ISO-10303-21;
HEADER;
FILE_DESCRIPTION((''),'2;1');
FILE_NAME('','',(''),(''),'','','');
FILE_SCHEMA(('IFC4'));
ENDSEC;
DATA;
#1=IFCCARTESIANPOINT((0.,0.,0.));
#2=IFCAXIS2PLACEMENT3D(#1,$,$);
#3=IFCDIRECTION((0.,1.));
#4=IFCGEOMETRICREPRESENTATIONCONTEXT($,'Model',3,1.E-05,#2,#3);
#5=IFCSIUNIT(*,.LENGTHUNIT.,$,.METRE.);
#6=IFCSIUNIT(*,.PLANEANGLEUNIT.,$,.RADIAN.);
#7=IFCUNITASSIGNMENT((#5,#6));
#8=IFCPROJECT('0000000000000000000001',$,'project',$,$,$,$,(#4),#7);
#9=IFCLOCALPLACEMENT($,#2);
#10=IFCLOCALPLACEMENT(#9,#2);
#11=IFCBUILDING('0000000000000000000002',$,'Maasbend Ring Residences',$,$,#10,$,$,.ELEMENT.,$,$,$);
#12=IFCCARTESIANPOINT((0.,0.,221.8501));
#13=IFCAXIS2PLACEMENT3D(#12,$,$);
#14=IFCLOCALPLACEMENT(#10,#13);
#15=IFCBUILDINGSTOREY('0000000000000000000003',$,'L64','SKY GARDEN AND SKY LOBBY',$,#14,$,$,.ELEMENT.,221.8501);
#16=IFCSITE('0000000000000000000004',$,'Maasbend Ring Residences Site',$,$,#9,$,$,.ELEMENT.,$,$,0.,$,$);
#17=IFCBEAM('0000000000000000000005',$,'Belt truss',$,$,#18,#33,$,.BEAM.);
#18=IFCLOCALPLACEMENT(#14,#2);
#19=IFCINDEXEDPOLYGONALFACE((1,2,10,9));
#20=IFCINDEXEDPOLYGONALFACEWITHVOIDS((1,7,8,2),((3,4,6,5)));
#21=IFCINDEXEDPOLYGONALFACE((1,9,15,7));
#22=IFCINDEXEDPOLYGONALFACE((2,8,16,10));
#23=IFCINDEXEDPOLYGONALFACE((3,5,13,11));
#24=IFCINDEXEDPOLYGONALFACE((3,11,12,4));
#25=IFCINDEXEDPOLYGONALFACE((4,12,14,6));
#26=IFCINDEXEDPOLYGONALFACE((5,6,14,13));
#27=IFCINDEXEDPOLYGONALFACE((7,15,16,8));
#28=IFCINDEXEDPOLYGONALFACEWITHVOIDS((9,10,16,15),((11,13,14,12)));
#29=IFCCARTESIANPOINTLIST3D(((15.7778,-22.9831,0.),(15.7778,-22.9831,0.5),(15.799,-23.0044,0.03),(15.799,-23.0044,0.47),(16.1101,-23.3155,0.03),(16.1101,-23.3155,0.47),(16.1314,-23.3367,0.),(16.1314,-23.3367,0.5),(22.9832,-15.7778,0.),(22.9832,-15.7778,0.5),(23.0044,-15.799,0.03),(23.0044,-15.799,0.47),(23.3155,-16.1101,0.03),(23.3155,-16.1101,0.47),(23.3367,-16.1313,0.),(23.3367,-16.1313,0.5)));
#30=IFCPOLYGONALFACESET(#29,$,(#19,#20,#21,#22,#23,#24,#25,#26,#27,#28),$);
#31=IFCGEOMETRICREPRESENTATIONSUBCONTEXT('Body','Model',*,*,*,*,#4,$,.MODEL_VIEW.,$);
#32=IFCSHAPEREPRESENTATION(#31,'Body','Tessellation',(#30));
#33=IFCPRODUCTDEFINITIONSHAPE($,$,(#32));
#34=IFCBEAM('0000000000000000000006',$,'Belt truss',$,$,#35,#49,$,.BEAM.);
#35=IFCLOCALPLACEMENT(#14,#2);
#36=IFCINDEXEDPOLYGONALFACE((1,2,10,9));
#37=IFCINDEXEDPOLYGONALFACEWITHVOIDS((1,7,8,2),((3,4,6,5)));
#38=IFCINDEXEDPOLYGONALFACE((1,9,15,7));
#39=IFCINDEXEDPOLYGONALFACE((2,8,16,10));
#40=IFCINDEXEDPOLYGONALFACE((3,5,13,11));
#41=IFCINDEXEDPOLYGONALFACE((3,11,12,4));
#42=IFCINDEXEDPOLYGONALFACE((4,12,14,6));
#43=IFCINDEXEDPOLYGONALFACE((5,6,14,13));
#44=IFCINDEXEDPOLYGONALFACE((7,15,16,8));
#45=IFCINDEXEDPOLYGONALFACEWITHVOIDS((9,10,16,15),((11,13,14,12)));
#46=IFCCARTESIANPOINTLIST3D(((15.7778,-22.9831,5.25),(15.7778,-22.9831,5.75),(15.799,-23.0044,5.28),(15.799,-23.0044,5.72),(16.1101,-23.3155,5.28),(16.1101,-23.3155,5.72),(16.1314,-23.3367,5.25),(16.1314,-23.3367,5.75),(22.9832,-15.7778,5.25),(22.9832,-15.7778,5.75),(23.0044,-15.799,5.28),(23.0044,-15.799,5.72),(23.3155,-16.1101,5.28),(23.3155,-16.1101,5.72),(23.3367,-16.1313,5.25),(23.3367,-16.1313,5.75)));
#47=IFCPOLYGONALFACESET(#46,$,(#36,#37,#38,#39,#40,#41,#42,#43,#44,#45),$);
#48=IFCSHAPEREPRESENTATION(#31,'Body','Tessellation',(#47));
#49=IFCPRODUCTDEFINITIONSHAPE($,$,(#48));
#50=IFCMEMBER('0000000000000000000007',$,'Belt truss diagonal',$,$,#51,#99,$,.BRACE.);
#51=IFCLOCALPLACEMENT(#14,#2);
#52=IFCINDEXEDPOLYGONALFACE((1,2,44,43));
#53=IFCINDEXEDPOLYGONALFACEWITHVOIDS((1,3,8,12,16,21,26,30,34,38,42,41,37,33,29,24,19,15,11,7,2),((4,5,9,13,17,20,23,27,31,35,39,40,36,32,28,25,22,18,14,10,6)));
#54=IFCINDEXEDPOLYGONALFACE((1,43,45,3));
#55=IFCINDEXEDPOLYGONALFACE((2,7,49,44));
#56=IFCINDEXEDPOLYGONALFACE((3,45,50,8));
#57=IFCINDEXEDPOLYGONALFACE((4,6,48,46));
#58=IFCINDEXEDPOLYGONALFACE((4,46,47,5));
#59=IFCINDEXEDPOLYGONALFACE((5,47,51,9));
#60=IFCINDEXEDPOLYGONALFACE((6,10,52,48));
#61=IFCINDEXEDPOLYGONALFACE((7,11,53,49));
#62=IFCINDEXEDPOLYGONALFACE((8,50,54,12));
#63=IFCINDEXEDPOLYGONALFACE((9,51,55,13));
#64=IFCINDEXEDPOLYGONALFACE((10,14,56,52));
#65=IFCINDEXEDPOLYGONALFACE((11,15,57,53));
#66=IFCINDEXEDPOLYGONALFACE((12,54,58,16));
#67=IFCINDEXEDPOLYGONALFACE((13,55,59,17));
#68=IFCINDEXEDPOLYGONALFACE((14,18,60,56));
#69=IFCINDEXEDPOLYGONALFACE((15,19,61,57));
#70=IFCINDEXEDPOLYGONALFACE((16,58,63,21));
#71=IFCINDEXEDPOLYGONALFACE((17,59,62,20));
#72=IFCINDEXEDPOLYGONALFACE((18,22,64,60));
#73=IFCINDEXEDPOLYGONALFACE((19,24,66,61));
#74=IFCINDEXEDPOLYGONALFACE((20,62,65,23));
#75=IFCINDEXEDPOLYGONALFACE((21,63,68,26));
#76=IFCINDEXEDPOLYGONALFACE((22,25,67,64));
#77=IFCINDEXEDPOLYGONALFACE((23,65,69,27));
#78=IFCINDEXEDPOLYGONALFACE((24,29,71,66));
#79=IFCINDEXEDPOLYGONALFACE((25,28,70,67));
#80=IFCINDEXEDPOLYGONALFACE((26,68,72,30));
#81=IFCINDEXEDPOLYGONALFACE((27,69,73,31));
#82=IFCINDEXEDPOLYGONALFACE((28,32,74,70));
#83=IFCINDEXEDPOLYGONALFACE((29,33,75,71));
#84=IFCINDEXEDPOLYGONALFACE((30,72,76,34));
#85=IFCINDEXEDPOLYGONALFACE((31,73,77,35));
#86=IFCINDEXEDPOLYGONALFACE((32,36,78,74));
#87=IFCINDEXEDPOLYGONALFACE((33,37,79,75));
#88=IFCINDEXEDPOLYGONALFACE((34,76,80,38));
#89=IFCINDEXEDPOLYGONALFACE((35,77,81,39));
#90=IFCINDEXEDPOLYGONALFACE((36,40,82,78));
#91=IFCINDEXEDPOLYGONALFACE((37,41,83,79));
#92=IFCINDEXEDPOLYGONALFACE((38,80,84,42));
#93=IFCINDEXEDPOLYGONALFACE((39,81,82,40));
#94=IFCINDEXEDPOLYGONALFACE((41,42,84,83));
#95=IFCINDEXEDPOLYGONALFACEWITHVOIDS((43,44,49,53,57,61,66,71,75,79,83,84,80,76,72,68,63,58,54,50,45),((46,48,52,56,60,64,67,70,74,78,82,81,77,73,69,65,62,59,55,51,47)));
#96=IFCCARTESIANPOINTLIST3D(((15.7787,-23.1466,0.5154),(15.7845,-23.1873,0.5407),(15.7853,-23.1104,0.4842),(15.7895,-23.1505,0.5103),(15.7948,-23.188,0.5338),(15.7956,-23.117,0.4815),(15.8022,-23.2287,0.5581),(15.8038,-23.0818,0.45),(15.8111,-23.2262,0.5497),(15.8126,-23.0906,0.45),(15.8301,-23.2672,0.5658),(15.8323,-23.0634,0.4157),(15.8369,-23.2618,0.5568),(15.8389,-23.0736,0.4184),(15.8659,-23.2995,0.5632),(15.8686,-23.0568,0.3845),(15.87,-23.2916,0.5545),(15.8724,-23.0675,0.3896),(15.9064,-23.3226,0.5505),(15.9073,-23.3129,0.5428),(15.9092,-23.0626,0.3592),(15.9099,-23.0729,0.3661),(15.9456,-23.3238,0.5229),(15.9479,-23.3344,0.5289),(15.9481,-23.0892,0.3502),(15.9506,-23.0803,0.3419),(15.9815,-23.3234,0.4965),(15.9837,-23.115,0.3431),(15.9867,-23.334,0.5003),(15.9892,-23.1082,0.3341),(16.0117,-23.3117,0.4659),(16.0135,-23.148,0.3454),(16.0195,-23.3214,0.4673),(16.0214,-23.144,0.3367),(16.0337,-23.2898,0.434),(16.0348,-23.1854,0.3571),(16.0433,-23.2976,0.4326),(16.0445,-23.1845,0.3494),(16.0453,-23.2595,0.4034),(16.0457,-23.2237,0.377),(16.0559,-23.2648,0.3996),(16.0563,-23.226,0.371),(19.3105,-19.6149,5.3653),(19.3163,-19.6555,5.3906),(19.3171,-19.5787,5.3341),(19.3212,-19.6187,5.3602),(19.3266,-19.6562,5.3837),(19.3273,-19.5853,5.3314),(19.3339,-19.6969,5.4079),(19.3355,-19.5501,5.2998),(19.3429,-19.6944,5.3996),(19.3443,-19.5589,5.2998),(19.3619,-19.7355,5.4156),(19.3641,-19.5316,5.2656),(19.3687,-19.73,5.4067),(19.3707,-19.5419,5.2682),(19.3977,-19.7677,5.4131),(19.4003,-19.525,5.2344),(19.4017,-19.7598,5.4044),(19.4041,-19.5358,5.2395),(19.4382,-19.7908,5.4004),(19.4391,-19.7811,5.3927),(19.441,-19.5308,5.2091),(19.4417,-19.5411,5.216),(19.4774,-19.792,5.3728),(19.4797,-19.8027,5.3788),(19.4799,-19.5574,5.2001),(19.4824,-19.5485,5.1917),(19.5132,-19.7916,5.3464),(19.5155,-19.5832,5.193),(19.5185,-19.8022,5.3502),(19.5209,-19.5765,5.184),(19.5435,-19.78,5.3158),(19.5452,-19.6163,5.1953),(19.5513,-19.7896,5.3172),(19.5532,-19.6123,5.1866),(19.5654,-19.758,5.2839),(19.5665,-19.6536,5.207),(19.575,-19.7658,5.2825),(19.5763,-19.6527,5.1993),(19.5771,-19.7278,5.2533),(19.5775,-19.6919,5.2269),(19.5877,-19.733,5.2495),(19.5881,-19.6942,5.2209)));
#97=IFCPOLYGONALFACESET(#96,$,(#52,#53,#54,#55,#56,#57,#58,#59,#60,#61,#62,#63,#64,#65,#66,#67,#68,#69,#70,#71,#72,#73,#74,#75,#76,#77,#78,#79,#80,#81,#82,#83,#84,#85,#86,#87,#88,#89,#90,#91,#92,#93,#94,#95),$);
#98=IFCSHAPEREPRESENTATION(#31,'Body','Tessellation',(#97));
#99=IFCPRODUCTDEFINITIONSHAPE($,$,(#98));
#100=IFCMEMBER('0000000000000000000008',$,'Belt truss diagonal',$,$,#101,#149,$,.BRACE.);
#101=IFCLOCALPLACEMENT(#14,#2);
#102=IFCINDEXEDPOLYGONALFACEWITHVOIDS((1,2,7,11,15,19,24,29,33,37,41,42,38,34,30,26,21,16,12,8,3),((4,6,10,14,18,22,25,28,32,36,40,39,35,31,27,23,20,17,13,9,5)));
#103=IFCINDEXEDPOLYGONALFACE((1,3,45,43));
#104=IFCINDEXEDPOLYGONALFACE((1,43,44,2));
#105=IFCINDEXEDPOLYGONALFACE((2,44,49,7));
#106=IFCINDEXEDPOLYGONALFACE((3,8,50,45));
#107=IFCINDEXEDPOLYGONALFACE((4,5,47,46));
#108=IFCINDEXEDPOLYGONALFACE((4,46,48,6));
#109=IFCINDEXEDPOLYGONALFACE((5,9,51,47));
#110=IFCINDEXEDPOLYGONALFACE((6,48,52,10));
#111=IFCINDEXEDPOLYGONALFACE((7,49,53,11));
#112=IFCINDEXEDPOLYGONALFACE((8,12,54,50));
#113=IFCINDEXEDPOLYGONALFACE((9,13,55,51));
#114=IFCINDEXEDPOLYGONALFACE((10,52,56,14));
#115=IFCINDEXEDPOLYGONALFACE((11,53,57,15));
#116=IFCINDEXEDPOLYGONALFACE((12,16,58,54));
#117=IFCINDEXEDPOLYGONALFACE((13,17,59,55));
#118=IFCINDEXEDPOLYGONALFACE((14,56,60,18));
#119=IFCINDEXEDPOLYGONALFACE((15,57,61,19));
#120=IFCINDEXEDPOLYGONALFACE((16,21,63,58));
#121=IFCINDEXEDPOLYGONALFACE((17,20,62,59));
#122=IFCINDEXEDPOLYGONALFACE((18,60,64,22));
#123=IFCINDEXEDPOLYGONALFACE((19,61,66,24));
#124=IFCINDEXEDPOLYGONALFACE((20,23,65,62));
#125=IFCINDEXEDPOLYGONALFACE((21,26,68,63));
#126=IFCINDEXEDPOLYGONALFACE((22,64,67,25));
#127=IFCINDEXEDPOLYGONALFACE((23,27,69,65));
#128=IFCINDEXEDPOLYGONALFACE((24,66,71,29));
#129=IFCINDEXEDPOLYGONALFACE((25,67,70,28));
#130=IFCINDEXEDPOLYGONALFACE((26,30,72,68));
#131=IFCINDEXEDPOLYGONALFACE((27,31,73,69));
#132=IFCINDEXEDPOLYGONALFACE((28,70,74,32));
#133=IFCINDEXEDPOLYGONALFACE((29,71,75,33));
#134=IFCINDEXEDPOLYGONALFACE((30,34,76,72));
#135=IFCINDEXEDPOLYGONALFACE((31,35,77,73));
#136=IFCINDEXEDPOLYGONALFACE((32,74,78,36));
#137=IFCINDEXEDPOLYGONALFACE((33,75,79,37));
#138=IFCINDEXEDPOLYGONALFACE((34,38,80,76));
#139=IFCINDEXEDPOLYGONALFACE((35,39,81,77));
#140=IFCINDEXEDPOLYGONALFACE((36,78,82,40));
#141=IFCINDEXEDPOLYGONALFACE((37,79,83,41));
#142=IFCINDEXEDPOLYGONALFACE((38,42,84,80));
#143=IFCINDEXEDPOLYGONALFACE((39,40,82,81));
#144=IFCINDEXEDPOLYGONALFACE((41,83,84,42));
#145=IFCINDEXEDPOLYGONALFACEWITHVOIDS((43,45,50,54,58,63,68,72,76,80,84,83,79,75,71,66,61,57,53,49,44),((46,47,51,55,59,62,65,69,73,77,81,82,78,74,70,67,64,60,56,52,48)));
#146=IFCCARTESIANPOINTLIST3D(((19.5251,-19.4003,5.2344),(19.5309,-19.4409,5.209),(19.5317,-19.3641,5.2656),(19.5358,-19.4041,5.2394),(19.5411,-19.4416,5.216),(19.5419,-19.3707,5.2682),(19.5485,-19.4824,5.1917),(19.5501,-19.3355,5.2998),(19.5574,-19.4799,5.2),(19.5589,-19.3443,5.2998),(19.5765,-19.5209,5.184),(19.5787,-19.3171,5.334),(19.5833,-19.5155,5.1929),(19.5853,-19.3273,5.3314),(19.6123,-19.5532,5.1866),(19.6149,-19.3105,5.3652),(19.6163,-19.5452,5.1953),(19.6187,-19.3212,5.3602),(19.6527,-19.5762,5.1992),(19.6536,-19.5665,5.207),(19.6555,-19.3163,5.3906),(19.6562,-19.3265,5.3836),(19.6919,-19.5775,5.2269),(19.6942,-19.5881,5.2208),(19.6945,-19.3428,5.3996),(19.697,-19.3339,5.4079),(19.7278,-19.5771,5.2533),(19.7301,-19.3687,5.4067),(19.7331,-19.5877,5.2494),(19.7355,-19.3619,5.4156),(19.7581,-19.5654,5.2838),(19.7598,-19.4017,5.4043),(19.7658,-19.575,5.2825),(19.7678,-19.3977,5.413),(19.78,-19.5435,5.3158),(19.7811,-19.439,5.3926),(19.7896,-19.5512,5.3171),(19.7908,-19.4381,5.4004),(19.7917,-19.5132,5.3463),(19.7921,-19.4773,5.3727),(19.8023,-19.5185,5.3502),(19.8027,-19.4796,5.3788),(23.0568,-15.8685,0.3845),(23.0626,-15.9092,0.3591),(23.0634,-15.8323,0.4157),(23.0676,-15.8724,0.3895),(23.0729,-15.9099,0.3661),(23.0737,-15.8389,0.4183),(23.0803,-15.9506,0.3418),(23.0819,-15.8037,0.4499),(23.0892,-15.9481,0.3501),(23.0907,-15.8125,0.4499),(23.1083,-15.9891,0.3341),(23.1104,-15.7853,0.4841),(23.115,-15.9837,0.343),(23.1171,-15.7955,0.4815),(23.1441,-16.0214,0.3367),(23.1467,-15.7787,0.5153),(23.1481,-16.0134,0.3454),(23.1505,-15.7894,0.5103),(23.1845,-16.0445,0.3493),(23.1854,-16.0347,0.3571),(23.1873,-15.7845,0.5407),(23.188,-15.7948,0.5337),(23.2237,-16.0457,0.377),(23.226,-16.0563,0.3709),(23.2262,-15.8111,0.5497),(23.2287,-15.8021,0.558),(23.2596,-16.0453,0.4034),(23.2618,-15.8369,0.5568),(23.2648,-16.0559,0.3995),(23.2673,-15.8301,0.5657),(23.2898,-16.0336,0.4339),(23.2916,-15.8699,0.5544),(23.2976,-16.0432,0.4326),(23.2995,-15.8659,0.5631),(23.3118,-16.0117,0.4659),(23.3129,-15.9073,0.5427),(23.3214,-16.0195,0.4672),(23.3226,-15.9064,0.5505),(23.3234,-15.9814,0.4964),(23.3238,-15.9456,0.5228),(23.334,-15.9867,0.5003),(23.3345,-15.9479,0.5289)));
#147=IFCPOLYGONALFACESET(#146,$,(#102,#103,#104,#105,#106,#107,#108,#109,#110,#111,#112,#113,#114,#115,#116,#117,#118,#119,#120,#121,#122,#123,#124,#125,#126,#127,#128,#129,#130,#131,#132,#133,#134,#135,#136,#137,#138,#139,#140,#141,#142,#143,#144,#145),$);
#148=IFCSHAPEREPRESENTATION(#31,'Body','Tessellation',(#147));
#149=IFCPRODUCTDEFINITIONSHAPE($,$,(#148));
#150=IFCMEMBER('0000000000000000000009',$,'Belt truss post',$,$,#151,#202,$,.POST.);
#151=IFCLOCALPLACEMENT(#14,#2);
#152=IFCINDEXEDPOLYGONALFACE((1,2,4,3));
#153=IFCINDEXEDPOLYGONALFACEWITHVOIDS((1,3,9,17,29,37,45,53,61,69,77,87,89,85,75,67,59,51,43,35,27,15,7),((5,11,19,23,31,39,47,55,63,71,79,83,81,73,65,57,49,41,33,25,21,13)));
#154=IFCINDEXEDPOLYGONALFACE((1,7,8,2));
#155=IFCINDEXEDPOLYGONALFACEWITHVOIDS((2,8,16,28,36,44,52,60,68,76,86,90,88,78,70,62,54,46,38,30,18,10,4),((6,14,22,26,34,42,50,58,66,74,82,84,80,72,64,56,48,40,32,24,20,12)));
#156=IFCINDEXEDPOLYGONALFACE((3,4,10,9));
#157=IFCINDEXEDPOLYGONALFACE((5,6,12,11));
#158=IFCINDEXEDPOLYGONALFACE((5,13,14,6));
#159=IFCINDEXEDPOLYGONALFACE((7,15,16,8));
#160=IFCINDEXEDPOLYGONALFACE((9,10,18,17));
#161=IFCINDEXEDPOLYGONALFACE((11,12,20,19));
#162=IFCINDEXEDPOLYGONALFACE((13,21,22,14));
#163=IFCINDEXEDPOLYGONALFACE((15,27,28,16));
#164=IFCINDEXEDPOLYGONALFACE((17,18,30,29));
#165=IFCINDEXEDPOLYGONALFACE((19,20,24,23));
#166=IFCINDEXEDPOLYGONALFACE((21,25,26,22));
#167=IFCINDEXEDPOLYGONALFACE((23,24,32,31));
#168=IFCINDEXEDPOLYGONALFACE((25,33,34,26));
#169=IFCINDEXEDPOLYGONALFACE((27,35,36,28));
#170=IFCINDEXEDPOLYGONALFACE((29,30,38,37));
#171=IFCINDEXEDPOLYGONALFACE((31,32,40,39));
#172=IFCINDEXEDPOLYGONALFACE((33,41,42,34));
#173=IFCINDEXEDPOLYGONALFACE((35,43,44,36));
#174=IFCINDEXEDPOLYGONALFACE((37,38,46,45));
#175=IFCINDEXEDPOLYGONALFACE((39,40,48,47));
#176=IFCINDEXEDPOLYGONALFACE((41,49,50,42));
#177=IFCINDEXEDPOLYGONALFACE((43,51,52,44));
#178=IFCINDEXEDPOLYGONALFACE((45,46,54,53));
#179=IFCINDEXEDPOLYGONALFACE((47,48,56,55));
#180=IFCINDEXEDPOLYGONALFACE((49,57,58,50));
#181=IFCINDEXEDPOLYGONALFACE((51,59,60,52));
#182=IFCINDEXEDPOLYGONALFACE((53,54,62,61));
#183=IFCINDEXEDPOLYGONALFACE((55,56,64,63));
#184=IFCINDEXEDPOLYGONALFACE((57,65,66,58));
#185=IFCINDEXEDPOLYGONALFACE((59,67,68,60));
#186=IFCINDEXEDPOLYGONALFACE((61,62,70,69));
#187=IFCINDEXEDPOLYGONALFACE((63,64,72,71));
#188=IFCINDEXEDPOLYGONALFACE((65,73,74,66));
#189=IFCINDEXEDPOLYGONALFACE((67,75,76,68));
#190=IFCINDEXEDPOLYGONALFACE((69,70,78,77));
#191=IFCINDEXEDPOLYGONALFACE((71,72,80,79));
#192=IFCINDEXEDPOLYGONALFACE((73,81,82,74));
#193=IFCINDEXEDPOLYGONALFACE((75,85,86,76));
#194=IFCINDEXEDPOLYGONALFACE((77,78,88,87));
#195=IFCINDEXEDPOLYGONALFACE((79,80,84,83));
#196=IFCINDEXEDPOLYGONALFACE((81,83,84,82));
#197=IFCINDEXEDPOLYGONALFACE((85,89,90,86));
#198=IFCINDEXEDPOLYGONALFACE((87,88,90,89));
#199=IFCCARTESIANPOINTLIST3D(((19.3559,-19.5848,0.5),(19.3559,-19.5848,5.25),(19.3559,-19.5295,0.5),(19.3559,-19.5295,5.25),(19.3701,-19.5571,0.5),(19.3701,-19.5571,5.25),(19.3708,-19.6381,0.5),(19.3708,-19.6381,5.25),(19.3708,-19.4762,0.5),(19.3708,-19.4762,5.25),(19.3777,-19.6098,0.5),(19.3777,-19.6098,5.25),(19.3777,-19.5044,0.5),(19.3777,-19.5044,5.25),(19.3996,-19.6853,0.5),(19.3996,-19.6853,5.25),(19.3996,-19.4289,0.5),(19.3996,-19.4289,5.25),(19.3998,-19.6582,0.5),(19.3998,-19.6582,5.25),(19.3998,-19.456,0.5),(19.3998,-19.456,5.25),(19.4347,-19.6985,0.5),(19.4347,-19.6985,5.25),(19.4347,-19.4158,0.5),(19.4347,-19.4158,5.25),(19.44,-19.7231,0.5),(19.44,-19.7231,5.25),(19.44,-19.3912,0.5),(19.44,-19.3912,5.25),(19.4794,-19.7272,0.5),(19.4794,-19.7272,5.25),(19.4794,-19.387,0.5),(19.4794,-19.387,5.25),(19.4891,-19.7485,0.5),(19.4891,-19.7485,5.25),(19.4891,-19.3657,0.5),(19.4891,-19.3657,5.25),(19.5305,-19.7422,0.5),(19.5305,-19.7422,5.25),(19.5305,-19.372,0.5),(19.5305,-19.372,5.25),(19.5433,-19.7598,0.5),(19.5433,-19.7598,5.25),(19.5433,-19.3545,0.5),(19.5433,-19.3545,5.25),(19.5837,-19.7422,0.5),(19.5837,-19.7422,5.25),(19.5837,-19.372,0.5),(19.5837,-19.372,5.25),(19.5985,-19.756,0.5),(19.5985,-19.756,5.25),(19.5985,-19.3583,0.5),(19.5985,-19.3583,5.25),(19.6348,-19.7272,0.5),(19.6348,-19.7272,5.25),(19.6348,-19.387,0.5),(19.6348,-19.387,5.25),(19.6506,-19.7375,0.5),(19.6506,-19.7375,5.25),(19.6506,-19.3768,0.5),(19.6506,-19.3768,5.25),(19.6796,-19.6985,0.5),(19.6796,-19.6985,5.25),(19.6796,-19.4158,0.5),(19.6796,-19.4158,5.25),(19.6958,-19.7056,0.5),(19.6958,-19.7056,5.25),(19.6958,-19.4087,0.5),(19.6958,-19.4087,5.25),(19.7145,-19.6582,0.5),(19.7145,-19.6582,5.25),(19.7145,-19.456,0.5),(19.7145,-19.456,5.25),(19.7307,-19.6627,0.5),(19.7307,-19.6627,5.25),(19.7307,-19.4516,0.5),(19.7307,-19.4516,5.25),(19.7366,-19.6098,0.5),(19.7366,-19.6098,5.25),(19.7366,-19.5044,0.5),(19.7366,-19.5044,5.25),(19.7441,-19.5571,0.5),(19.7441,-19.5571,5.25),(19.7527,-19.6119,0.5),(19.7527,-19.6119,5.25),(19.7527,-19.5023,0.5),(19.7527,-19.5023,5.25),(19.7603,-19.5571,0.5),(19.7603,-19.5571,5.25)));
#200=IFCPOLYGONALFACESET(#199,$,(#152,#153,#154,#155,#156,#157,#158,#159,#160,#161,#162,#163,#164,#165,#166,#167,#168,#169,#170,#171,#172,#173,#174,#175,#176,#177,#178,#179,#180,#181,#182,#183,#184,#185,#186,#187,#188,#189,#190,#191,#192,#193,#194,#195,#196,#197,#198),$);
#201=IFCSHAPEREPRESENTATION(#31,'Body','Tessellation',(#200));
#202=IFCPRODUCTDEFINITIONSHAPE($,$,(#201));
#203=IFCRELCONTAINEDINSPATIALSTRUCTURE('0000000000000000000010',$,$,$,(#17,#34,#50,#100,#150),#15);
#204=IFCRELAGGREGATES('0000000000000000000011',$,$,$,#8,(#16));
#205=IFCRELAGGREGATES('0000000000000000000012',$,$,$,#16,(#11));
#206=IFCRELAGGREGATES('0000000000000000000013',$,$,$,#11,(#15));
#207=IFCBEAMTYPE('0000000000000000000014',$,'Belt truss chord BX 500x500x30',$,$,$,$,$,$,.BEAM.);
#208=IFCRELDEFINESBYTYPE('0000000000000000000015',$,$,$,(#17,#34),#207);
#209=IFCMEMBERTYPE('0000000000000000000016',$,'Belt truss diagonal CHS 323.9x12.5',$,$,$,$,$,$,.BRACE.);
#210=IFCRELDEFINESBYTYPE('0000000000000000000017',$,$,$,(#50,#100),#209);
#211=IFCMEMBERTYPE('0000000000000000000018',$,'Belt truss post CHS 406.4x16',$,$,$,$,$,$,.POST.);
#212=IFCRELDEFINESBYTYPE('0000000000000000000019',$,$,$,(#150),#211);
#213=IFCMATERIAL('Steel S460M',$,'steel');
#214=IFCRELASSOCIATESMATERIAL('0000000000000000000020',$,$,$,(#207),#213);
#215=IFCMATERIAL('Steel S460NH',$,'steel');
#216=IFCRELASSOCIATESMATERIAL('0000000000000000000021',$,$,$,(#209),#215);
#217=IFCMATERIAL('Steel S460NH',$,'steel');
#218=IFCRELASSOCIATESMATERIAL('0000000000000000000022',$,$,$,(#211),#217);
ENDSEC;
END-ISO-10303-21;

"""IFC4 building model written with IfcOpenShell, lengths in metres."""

from ifc_helpers import new_model, si_unit, direction, frame, origin, origin_2d, place, context, subcontext, project, spatial, hollow_rectangle, hollow_circle, extrude, material, material_profile, profile_set, type_object, element, save


model = new_model("IFC4")

# Units and contexts
model_context = context("Model", 3, precision=1e-05, world=origin(), true_north=direction((0.0, 1.0)))
body_context = subcontext(model_context, "Body", "Model", "MODEL_VIEW")
ifc_project = project(units=[si_unit("LENGTHUNIT", "METRE"), si_unit("PLANEANGLEUNIT", "RADIAN")], contexts=[model_context])

# Site, building, storey
site_placement = place(None, origin())
site = spatial("IfcSite", under=ifc_project, at=site_placement, Name="Maasbend Ring Residences Site", CompositionType="ELEMENT", RefElevation=0.0)
building_placement = place(site_placement, origin())
building = spatial("IfcBuilding", under=site, at=building_placement, Name="Maasbend Ring Residences", CompositionType="ELEMENT")
storey_placement = place(building_placement, frame((0.0, 0.0, 221.8501)))
storey = spatial("IfcBuildingStorey", under=building, at=storey_placement, Name="L64", Description="SKY GARDEN AND SKY LOBBY", CompositionType="ELEMENT", Elevation=221.8501)

# Beams
ifc_material_1 = material(Name="Steel S460M", Category="steel")
ifc_material_profile_1 = material_profile(ifc_material_1, hollow_rectangle(XDim=0.5, YDim=0.5, WallThickness=0.03, at=origin_2d()), Name="Belt truss chord BX 500x500x30")
ifc_profile_set_1 = profile_set([ifc_material_profile_1], Name="Steel S460M")
beam_type_1 = type_object("IfcBeamType", Name="Belt truss chord BX 500x500x30", PredefinedType="BEAM", material=ifc_profile_set_1)
for number, where, z_axis, x_axis, name in (
    (1, (15.9546, -23.1599, 0.25), (0.707107, 0.707107, 0.0), (-0.707107, 0.707107, 0.0), "Belt truss"),
    (2, (15.9546, -23.1599, 5.5), (0.707107, 0.707107, 0.0), (-0.707107, 0.707107, 0.0), "Belt truss"),
):
    element("IfcBeam", number, at=place(storey_placement, frame(where, z_axis=z_axis, x_axis=x_axis)), inside=storey, type_object=beam_type_1, Name=name, PredefinedType="BEAM", context=body_context, shape_type="SweptSolid", body=[
        extrude(hollow_rectangle(XDim=0.5, YDim=0.5, WallThickness=0.03, at=origin_2d()), origin(), (0.0, 0.0, 1.0), 10.1899),
    ])

# Members
ifc_material_2 = material(Name="Steel S460NH", Category="steel")
ifc_material_profile_2 = material_profile(ifc_material_2, hollow_circle(Radius=0.1619, WallThickness=0.0125, at=origin_2d()), Name="Belt truss diagonal CHS 323.9x12.5")
ifc_profile_set_2 = profile_set([ifc_material_profile_2], Name="Steel S460NH")
member_type_1 = type_object("IfcMemberType", Name="Belt truss diagonal CHS 323.9x12.5", PredefinedType="BRACE", material=ifc_profile_set_2)
for number, where, z_axis, x_axis, name in (
    (3, (15.9182, -23.1963, 0.45), (0.507298, 0.507298, 0.696632), (-0.707107, 0.707107, 0.0), "Belt truss diagonal"),
    (4, (19.6646, -19.45, 5.2998), (0.507298, 0.507298, -0.696632), (-0.707107, 0.707107, 0.0), "Belt truss diagonal"),
):
    element("IfcMember", number, at=place(storey_placement, frame(where, z_axis=z_axis, x_axis=x_axis)), inside=storey, type_object=member_type_1, Name=name, PredefinedType="BRACE", context=body_context, shape_type="SweptSolid", body=[
        extrude(hollow_circle(Radius=0.1619, WallThickness=0.0125, at=origin_2d()), origin(), (0.0, 0.0, 1.0), 6.9619),
    ])
ifc_material_3 = material(Name="Steel S460NH", Category="steel")
ifc_material_profile_3 = material_profile(ifc_material_3, hollow_circle(Radius=0.2031, WallThickness=0.0161, at=origin_2d()), Name="Belt truss post CHS 406.4x16")
ifc_profile_set_3 = profile_set([ifc_material_profile_3], Name="Steel S460NH")
member_type_2 = type_object("IfcMemberType", Name="Belt truss post CHS 406.4x16", PredefinedType="POST", material=ifc_profile_set_3)
member_1_placement = place(storey_placement, frame((19.5571, -19.5571, 0.5), z_axis=(0.0, 0.0, 1.0), x_axis=(1.0, 0.0, 0.0)))
element("IfcMember", 5, at=member_1_placement, inside=storey, type_object=member_type_2, Name="Belt truss post", PredefinedType="POST", context=body_context, shape_type="SweptSolid", body=[
    extrude(hollow_circle(Radius=0.2031, WallThickness=0.0161, at=origin_2d()), origin(), (0.0, 0.0, 1.0), 4.75),
])

save(model, "model.ifc")
